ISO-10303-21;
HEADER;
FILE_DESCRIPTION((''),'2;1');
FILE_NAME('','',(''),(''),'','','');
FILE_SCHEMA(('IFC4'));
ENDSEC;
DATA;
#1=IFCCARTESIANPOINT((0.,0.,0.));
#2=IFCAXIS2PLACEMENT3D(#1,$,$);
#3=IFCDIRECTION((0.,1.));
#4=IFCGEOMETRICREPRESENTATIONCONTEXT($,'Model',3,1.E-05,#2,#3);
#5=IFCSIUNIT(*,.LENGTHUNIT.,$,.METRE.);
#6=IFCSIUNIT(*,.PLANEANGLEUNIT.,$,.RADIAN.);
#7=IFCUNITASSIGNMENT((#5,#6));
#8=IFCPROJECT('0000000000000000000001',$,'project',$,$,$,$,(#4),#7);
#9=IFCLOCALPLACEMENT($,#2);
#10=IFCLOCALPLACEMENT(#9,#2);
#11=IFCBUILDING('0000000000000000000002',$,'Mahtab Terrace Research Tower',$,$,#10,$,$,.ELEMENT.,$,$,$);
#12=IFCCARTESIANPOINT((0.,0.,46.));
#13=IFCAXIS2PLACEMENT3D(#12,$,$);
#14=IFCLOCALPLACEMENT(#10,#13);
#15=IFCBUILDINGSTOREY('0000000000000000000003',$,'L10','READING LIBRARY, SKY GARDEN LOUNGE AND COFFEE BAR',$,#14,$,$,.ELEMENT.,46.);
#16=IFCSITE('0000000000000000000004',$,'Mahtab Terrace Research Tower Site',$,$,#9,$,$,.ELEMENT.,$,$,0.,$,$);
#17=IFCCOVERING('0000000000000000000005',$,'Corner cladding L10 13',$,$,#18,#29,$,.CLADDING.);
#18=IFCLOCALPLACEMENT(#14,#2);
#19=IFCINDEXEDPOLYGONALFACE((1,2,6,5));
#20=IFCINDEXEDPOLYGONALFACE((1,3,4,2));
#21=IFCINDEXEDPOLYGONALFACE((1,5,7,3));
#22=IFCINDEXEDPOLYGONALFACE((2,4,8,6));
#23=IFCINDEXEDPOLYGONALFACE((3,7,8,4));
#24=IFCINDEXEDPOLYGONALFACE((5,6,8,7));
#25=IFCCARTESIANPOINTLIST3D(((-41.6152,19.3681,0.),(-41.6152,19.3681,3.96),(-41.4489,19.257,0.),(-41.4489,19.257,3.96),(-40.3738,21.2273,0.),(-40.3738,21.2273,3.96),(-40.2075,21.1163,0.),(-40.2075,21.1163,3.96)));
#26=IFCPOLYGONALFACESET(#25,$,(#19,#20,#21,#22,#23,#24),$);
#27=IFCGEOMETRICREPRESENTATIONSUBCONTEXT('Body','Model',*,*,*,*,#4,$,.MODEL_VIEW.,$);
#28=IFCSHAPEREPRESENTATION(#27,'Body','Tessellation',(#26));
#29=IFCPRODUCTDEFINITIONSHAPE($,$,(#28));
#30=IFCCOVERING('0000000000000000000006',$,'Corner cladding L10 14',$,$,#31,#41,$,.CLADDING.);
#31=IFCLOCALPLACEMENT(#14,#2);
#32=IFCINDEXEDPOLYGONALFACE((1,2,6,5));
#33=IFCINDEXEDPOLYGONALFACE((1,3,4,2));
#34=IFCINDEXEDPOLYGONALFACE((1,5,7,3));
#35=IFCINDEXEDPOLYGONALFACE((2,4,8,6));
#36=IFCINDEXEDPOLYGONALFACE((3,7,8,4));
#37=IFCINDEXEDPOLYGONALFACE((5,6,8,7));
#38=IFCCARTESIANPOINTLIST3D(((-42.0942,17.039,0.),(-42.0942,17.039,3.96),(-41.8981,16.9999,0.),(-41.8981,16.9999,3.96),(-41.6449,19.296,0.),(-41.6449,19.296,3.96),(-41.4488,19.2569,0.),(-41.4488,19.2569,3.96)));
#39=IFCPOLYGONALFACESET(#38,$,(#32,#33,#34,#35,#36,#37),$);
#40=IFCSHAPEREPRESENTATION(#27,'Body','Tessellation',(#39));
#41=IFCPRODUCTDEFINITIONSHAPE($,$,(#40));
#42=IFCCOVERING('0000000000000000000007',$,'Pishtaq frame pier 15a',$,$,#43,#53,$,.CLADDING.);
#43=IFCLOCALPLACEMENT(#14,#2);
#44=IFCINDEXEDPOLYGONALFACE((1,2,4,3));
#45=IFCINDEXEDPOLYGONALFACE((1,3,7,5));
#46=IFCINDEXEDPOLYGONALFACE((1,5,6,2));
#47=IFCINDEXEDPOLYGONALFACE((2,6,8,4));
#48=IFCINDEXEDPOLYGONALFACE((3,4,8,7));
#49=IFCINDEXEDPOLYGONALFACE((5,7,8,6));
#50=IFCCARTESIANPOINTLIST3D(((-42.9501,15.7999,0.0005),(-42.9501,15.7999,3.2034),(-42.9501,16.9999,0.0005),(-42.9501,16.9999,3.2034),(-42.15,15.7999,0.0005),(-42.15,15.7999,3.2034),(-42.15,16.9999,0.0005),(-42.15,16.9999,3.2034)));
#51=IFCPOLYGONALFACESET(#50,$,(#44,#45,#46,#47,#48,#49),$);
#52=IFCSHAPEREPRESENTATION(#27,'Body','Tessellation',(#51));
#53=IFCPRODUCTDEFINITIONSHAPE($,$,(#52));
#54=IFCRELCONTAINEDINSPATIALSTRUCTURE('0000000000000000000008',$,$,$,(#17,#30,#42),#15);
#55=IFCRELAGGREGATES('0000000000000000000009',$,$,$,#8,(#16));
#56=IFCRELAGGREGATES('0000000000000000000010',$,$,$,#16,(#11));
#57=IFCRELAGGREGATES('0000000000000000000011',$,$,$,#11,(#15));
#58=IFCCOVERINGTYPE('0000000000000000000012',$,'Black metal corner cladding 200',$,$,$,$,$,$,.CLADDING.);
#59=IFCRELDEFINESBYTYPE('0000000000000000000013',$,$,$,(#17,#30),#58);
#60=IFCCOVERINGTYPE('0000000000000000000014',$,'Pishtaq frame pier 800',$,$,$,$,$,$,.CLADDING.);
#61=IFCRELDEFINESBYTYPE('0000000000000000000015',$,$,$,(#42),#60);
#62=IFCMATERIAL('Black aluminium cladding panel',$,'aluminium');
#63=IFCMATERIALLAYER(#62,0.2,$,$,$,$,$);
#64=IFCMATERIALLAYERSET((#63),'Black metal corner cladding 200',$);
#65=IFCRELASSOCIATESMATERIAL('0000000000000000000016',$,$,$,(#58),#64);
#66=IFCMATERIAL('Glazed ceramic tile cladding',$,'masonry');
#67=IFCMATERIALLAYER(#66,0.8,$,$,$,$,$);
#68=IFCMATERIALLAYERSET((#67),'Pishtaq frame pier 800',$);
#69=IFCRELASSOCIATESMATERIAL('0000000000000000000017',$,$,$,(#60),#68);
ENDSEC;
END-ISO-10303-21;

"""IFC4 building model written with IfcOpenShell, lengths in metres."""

from ifc_helpers import new_model, si_unit, direction, frame, origin, origin_2d, place, context, subcontext, project, spatial, rectangle, extrude, material, layer, layer_set, type_object, element, save


model = new_model("IFC4")

# Units and contexts
model_context = context("Model", 3, precision=1e-05, world=origin(), true_north=direction((0.0, 1.0)))
body_context = subcontext(model_context, "Body", "Model", "MODEL_VIEW")
ifc_project = project(units=[si_unit("LENGTHUNIT", "METRE"), si_unit("PLANEANGLEUNIT", "RADIAN")], contexts=[model_context])

# Site, building, storey
site_placement = place(None, origin())
site = spatial("IfcSite", under=ifc_project, at=site_placement, Name="Mahtab Terrace Research Tower Site", CompositionType="ELEMENT", RefElevation=0.0)
building_placement = place(site_placement, origin())
building = spatial("IfcBuilding", under=site, at=building_placement, Name="Mahtab Terrace Research Tower", CompositionType="ELEMENT")
storey_placement = place(building_placement, frame((0.0, 0.0, 46.0)))
storey = spatial("IfcBuildingStorey", under=building, at=storey_placement, Name="L10", Description="READING LIBRARY, SKY GARDEN LOUNGE AND COFFEE BAR", CompositionType="ELEMENT", Elevation=46.0)

# Shared definitions
ifc_material_1 = material(Name="Black aluminium cladding panel", Category="aluminium")

# Coverings
ifc_layer_1 = layer(ifc_material_1, 0.2)
ifc_layer_set_1 = layer_set([ifc_layer_1], Name="Black metal corner cladding 200")
covering_type_1 = type_object("IfcCoveringType", Name="Black metal corner cladding 200", PredefinedType="CLADDING", material=ifc_layer_set_1)
covering_1_placement = place(storey_placement, frame((-40.9114, 20.2422, 0.0), z_axis=(0.0, 0.0, 1.0), x_axis=(-0.555291, -0.831656, 0.0)))
element("IfcCovering", 1, at=covering_1_placement, inside=storey, type_object=covering_type_1, Name="Corner cladding L10 13", PredefinedType="CLADDING", context=body_context, shape_type="SweptSolid", body=[
    extrude(rectangle(XDim=2.2356, YDim=0.2, at=origin_2d()), origin(), (0.0, 0.0, 1.0), 3.96),
])
covering_2_placement = place(storey_placement, frame((-41.7715, 18.1479, 0.0), z_axis=(0.0, 0.0, 1.0), x_axis=(-0.195212, -0.980761, 0.0)))
element("IfcCovering", 2, at=covering_2_placement, inside=storey, type_object=covering_type_1, Name="Corner cladding L10 14", PredefinedType="CLADDING", context=body_context, shape_type="SweptSolid", body=[
    extrude(rectangle(XDim=2.3013, YDim=0.2, at=origin_2d()), origin(), (0.0, 0.0, 1.0), 3.96),
])
ifc_material_2 = material(Name="Glazed ceramic tile cladding", Category="masonry")
ifc_layer_2 = layer(ifc_material_2, 0.8)
ifc_layer_set_2 = layer_set([ifc_layer_2], Name="Pishtaq frame pier 800")
covering_type_2 = type_object("IfcCoveringType", Name="Pishtaq frame pier 800", PredefinedType="CLADDING", material=ifc_layer_set_2)
covering_3_placement = place(storey_placement, frame((-42.55, 16.3999, 0.0005), z_axis=(0.0, 0.0, 1.0), x_axis=(0.0, -1.0, 0.0)))
element("IfcCovering", 3, at=covering_3_placement, inside=storey, type_object=covering_type_2, Name="Pishtaq frame pier 15a", PredefinedType="CLADDING", context=body_context, shape_type="SweptSolid", body=[
    extrude(rectangle(XDim=1.2, YDim=0.8, at=origin_2d()), origin(), (0.0, 0.0, 1.0), 3.2029),
])

save(model, "model.ifc")
